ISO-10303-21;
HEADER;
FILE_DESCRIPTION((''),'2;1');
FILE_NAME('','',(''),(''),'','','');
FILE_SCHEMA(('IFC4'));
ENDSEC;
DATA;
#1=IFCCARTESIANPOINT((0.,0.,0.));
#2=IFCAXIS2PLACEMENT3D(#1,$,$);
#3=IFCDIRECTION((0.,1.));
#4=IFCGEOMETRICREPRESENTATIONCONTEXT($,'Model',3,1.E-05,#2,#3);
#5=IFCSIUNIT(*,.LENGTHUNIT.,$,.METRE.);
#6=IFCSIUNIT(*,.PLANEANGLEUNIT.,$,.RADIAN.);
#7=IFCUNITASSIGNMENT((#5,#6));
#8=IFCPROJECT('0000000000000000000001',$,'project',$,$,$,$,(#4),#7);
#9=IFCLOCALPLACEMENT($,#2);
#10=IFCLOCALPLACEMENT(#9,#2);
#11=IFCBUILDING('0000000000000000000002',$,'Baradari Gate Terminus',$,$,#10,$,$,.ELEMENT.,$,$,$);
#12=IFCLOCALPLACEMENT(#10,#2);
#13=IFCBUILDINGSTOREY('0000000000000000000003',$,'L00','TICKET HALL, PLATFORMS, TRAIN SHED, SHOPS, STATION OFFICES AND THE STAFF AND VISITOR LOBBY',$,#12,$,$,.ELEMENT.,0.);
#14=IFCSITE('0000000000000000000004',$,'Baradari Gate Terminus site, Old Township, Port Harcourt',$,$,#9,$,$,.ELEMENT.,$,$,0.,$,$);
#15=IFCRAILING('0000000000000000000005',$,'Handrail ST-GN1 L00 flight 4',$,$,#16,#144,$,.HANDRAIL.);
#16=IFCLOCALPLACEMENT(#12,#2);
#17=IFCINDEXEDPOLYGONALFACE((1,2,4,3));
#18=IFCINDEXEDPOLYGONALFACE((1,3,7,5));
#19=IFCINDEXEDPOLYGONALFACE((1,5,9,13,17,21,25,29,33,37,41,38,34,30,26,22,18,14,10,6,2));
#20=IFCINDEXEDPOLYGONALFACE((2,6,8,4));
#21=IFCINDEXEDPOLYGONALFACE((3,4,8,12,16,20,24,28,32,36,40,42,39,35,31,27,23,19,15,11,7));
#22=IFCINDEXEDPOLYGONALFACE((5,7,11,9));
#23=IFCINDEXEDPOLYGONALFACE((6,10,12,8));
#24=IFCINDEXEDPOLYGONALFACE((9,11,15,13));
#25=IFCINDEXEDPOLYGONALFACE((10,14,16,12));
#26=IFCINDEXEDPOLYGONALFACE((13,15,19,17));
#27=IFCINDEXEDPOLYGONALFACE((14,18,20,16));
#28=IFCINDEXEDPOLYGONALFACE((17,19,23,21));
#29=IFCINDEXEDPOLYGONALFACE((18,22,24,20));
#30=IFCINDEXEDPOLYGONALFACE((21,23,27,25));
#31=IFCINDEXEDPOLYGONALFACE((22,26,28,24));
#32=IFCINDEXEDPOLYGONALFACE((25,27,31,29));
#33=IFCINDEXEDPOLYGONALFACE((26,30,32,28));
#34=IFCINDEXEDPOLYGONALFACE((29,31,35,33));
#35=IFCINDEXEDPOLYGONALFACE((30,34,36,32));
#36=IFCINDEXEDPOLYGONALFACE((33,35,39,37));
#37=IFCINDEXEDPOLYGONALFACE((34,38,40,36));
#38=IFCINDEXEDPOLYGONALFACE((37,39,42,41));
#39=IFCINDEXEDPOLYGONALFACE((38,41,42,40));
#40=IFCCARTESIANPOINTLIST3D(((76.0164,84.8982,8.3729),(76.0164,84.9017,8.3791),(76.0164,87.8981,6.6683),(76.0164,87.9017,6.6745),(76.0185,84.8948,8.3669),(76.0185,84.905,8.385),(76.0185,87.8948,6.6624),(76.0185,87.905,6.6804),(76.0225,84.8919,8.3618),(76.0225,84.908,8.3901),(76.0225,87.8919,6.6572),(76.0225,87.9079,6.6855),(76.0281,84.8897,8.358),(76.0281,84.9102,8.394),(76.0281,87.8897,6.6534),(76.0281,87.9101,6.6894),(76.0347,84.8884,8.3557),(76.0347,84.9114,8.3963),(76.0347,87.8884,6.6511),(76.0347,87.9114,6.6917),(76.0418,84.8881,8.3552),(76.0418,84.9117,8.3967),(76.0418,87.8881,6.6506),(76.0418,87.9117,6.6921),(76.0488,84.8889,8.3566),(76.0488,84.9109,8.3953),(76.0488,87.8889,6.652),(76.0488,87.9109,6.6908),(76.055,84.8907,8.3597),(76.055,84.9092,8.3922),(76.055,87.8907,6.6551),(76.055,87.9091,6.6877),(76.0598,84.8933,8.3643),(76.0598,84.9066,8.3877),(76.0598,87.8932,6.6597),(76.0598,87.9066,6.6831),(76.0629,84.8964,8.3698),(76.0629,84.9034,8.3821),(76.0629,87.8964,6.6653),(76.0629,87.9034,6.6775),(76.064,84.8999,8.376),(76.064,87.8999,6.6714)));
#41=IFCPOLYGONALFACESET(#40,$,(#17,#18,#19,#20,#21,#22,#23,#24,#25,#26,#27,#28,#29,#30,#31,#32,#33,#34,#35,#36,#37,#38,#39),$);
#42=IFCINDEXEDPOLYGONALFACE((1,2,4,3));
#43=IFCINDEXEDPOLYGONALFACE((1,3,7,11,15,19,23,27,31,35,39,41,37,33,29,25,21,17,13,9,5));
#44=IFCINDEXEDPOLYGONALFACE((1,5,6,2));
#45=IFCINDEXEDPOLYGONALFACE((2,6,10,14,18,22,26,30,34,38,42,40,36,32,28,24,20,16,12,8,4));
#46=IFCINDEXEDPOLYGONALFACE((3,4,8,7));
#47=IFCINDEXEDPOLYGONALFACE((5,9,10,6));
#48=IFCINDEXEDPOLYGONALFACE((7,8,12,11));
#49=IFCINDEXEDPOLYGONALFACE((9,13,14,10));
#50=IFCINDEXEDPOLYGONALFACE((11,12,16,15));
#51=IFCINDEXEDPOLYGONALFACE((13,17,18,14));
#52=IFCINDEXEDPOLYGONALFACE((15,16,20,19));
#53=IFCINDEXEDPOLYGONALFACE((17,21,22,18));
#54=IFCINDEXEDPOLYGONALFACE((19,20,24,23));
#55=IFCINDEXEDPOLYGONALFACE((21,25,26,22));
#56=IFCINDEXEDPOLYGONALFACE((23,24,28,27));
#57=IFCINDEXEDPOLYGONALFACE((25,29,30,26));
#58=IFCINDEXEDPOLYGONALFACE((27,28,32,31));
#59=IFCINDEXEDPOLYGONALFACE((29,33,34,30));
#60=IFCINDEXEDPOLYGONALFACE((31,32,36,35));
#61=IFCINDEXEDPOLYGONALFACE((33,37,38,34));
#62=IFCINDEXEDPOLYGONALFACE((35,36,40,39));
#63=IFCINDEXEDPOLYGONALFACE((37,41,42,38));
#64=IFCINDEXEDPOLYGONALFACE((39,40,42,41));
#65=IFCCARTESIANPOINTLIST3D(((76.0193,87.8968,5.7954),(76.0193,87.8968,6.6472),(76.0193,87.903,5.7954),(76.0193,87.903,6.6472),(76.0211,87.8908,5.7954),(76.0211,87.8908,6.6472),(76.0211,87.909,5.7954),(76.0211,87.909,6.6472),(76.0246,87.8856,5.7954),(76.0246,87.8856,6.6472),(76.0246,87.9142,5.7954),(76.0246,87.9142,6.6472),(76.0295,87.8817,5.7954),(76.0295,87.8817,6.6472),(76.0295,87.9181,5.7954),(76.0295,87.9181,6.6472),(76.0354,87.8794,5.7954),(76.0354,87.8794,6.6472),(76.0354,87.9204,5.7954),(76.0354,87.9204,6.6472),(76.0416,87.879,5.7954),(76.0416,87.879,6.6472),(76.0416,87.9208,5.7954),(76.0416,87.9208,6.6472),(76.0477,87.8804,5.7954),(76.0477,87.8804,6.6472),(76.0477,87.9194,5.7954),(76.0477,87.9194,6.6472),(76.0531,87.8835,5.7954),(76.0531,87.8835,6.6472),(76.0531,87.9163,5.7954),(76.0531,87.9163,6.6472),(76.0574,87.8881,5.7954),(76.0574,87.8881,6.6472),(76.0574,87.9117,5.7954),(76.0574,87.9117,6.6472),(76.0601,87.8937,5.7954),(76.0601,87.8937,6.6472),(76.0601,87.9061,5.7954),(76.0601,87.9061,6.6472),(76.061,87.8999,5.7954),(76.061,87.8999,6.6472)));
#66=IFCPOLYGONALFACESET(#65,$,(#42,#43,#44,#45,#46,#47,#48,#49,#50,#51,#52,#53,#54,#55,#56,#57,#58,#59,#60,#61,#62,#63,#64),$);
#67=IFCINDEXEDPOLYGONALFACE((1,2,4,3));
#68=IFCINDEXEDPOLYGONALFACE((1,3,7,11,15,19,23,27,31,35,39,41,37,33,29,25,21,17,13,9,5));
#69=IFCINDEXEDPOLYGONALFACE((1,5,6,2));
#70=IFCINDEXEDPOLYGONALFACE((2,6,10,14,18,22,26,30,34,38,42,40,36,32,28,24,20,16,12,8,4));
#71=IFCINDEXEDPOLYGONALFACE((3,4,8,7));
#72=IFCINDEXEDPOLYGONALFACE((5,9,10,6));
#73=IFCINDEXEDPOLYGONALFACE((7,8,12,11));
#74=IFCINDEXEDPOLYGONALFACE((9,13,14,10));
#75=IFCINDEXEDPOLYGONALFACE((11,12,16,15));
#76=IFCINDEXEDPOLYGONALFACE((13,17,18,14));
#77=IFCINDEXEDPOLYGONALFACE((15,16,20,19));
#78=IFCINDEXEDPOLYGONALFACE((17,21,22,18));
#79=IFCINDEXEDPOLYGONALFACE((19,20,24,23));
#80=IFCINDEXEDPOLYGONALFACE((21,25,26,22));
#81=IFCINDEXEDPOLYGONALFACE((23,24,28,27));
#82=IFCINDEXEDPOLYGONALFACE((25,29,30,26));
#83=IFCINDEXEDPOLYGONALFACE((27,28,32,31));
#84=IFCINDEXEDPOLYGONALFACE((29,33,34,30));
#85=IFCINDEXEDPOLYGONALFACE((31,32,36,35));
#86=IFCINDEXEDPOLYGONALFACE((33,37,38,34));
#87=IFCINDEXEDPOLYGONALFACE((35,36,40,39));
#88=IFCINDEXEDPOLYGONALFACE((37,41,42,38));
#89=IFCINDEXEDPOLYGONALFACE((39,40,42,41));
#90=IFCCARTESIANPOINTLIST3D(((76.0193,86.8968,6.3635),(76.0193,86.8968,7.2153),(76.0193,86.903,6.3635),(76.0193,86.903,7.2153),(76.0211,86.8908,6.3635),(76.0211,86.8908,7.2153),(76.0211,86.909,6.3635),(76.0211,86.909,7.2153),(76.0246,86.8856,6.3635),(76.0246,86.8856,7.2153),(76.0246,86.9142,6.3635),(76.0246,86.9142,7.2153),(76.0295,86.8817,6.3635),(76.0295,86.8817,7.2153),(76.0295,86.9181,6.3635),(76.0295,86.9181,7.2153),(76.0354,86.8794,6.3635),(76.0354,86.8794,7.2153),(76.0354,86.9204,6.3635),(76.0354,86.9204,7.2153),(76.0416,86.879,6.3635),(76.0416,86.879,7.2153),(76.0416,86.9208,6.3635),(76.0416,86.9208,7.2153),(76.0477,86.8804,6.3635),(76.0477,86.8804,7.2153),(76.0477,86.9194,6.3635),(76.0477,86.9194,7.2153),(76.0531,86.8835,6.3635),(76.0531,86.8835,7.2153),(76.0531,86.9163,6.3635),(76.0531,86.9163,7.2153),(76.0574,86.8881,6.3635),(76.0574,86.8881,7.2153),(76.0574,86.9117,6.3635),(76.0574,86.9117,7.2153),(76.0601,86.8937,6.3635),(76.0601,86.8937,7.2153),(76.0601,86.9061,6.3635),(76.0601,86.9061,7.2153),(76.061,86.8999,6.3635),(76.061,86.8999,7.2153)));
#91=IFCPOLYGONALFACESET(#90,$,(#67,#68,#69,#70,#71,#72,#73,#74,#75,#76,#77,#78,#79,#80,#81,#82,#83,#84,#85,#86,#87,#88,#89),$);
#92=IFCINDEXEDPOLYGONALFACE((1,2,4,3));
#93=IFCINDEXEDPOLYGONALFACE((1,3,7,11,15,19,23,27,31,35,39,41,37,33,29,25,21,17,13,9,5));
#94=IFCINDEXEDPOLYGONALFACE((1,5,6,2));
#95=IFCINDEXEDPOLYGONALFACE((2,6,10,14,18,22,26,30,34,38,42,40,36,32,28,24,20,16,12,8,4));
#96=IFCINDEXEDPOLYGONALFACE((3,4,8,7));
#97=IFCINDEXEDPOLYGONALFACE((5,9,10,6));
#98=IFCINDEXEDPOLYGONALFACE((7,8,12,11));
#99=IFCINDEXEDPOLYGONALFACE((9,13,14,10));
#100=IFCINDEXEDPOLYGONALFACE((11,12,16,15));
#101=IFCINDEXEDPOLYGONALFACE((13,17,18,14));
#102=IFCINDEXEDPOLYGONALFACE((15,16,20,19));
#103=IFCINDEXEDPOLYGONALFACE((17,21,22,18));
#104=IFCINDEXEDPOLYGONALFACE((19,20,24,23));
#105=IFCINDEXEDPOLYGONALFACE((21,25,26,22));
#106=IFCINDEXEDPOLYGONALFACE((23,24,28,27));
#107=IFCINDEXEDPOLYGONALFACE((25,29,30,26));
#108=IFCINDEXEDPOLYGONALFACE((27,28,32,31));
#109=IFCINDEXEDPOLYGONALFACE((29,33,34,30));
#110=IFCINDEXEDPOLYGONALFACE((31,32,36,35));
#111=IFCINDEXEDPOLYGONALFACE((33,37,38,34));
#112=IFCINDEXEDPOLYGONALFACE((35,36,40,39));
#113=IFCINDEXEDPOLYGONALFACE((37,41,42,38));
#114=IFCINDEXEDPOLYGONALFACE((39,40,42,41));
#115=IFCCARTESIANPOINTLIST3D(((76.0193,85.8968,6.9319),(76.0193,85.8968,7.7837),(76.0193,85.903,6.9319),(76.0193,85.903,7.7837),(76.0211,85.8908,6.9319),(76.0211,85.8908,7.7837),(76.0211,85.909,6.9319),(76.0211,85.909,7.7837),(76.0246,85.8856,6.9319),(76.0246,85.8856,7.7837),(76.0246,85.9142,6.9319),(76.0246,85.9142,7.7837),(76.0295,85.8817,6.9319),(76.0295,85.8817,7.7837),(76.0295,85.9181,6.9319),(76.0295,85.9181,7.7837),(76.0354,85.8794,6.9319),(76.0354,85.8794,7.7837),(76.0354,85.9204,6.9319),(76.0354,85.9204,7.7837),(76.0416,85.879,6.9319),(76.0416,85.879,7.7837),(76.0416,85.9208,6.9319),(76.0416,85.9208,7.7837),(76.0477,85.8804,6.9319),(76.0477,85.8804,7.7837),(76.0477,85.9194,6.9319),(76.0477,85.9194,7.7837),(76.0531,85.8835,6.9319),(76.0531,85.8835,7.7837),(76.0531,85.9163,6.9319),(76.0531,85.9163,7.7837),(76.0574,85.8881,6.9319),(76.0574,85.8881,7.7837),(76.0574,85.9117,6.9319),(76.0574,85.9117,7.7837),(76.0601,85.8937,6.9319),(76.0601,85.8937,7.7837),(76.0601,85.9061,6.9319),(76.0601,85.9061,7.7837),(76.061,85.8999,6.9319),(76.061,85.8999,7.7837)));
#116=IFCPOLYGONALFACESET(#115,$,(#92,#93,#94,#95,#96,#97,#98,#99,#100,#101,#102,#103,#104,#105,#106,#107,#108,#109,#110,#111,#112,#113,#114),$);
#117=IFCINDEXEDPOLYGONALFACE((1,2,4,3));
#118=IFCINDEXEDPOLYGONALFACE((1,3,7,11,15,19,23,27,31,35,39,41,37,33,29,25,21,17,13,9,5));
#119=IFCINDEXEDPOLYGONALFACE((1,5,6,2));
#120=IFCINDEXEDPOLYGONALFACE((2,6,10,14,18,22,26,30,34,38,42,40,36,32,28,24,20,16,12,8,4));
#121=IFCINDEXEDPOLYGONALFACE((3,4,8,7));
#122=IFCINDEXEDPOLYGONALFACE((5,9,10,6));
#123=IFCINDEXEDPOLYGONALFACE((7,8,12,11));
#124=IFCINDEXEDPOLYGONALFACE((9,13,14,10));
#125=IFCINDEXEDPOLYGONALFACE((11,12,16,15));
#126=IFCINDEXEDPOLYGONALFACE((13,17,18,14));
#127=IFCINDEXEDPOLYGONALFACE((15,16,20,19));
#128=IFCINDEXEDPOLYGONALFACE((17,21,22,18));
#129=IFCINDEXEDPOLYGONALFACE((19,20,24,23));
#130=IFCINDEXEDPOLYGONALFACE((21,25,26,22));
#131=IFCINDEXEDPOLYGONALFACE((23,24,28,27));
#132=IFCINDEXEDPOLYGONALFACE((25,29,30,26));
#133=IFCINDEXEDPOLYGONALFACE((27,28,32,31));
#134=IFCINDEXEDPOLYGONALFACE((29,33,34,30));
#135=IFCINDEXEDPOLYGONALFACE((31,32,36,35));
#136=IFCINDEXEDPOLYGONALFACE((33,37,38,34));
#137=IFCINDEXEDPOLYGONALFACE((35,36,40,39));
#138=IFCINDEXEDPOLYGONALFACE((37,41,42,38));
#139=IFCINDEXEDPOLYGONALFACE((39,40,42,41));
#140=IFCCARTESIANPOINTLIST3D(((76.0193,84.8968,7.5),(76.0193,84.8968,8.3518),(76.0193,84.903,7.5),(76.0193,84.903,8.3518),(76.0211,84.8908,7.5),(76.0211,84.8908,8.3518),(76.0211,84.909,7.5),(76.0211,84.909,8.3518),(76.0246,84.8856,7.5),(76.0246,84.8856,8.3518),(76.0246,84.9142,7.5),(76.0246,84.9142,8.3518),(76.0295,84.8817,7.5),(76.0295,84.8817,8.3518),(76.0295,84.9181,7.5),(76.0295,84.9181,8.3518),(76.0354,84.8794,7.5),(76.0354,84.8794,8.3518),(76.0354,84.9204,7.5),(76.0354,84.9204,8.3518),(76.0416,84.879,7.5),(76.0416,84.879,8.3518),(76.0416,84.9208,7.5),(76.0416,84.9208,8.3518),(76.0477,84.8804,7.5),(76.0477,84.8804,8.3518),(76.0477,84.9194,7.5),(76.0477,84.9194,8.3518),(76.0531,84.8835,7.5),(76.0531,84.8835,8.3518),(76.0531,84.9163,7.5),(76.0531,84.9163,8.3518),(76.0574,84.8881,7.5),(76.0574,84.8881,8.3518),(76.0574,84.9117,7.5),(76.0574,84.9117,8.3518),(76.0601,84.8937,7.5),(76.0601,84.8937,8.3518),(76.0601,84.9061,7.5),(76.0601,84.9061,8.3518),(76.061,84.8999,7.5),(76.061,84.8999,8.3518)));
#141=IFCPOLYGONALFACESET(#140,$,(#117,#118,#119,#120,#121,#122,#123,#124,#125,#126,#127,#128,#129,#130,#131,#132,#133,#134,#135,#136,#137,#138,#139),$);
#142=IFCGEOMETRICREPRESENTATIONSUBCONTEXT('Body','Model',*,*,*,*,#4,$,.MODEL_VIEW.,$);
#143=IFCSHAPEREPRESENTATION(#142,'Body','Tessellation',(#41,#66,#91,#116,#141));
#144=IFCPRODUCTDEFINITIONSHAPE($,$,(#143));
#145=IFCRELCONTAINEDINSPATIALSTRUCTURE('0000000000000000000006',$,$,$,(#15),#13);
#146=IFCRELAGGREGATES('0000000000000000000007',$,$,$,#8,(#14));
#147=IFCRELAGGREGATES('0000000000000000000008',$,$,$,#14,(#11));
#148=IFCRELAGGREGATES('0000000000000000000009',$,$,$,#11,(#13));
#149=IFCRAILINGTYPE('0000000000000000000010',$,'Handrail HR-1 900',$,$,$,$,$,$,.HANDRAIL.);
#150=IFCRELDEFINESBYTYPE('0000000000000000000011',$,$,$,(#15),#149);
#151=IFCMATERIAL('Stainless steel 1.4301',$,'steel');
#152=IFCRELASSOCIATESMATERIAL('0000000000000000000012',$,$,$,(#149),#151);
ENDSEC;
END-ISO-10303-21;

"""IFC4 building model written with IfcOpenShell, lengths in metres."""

from ifc_helpers import new_model, si_unit, direction, frame, origin, origin_2d, place, context, subcontext, project, spatial, circle, extrude, material, type_object, element, save


model = new_model("IFC4")

# Units and contexts
model_context = context("Model", 3, precision=1e-05, world=origin(), true_north=direction((0.0, 1.0)))
body_context = subcontext(model_context, "Body", "Model", "MODEL_VIEW")
ifc_project = project(units=[si_unit("LENGTHUNIT", "METRE"), si_unit("PLANEANGLEUNIT", "RADIAN")], contexts=[model_context])

# Site, building, storey
site_placement = place(None, origin())
site = spatial("IfcSite", under=ifc_project, at=site_placement, Name="Baradari Gate Terminus site, Old Township, Port Harcourt", CompositionType="ELEMENT", RefElevation=0.0)
building_placement = place(site_placement, origin())
building = spatial("IfcBuilding", under=site, at=building_placement, Name="Baradari Gate Terminus", CompositionType="ELEMENT")
storey_placement = place(building_placement, origin())
storey = spatial("IfcBuildingStorey", under=building, at=storey_placement, Name="L00", Description="TICKET HALL, PLATFORMS, TRAIN SHED, SHOPS, STATION OFFICES AND THE STAFF AND VISITOR LOBBY", CompositionType="ELEMENT", Elevation=0.0)

# Railing
ifc_material_1 = material(Name="Stainless steel 1.4301", Category="steel")
railing_type_1 = type_object("IfcRailingType", Name="Handrail HR-1 900", PredefinedType="HANDRAIL", material=ifc_material_1)
for number, where, name in (
    (1, (76.04, 87.8999, 5.7954), "Handrail ST-GN1 L00 flight 4"),
):
    element("IfcRailing", number, at=place(storey_placement, frame(where)), inside=storey, type_object=railing_type_1, Name=name, PredefinedType="HANDRAIL", context=body_context, shape_type="SweptSolid", body=[
        extrude(circle(Radius=0.0239, at=origin_2d()), frame((0.0, 0.0, 0.876), z_axis=(0.0, -0.869451, 0.494019), x_axis=(1.0, 0.0, 0.0)), (0.0, 0.0, 1.0), 3.4504),
        extrude(circle(Radius=0.021, at=origin_2d()), origin(), (0.0, 0.0, 1.0), 0.8518),
        extrude(circle(Radius=0.021, at=origin_2d()), frame((0.0, -1.0, 0.5681)), (0.0, 0.0, 1.0), 0.8518),
        extrude(circle(Radius=0.021, at=origin_2d()), frame((0.0, -2.0, 1.1365)), (0.0, 0.0, 1.0), 0.8518),
        extrude(circle(Radius=0.021, at=origin_2d()), frame((0.0, -3.0, 1.7046)), (0.0, 0.0, 1.0), 0.8518),
    ])

save(model, "model.ifc")
